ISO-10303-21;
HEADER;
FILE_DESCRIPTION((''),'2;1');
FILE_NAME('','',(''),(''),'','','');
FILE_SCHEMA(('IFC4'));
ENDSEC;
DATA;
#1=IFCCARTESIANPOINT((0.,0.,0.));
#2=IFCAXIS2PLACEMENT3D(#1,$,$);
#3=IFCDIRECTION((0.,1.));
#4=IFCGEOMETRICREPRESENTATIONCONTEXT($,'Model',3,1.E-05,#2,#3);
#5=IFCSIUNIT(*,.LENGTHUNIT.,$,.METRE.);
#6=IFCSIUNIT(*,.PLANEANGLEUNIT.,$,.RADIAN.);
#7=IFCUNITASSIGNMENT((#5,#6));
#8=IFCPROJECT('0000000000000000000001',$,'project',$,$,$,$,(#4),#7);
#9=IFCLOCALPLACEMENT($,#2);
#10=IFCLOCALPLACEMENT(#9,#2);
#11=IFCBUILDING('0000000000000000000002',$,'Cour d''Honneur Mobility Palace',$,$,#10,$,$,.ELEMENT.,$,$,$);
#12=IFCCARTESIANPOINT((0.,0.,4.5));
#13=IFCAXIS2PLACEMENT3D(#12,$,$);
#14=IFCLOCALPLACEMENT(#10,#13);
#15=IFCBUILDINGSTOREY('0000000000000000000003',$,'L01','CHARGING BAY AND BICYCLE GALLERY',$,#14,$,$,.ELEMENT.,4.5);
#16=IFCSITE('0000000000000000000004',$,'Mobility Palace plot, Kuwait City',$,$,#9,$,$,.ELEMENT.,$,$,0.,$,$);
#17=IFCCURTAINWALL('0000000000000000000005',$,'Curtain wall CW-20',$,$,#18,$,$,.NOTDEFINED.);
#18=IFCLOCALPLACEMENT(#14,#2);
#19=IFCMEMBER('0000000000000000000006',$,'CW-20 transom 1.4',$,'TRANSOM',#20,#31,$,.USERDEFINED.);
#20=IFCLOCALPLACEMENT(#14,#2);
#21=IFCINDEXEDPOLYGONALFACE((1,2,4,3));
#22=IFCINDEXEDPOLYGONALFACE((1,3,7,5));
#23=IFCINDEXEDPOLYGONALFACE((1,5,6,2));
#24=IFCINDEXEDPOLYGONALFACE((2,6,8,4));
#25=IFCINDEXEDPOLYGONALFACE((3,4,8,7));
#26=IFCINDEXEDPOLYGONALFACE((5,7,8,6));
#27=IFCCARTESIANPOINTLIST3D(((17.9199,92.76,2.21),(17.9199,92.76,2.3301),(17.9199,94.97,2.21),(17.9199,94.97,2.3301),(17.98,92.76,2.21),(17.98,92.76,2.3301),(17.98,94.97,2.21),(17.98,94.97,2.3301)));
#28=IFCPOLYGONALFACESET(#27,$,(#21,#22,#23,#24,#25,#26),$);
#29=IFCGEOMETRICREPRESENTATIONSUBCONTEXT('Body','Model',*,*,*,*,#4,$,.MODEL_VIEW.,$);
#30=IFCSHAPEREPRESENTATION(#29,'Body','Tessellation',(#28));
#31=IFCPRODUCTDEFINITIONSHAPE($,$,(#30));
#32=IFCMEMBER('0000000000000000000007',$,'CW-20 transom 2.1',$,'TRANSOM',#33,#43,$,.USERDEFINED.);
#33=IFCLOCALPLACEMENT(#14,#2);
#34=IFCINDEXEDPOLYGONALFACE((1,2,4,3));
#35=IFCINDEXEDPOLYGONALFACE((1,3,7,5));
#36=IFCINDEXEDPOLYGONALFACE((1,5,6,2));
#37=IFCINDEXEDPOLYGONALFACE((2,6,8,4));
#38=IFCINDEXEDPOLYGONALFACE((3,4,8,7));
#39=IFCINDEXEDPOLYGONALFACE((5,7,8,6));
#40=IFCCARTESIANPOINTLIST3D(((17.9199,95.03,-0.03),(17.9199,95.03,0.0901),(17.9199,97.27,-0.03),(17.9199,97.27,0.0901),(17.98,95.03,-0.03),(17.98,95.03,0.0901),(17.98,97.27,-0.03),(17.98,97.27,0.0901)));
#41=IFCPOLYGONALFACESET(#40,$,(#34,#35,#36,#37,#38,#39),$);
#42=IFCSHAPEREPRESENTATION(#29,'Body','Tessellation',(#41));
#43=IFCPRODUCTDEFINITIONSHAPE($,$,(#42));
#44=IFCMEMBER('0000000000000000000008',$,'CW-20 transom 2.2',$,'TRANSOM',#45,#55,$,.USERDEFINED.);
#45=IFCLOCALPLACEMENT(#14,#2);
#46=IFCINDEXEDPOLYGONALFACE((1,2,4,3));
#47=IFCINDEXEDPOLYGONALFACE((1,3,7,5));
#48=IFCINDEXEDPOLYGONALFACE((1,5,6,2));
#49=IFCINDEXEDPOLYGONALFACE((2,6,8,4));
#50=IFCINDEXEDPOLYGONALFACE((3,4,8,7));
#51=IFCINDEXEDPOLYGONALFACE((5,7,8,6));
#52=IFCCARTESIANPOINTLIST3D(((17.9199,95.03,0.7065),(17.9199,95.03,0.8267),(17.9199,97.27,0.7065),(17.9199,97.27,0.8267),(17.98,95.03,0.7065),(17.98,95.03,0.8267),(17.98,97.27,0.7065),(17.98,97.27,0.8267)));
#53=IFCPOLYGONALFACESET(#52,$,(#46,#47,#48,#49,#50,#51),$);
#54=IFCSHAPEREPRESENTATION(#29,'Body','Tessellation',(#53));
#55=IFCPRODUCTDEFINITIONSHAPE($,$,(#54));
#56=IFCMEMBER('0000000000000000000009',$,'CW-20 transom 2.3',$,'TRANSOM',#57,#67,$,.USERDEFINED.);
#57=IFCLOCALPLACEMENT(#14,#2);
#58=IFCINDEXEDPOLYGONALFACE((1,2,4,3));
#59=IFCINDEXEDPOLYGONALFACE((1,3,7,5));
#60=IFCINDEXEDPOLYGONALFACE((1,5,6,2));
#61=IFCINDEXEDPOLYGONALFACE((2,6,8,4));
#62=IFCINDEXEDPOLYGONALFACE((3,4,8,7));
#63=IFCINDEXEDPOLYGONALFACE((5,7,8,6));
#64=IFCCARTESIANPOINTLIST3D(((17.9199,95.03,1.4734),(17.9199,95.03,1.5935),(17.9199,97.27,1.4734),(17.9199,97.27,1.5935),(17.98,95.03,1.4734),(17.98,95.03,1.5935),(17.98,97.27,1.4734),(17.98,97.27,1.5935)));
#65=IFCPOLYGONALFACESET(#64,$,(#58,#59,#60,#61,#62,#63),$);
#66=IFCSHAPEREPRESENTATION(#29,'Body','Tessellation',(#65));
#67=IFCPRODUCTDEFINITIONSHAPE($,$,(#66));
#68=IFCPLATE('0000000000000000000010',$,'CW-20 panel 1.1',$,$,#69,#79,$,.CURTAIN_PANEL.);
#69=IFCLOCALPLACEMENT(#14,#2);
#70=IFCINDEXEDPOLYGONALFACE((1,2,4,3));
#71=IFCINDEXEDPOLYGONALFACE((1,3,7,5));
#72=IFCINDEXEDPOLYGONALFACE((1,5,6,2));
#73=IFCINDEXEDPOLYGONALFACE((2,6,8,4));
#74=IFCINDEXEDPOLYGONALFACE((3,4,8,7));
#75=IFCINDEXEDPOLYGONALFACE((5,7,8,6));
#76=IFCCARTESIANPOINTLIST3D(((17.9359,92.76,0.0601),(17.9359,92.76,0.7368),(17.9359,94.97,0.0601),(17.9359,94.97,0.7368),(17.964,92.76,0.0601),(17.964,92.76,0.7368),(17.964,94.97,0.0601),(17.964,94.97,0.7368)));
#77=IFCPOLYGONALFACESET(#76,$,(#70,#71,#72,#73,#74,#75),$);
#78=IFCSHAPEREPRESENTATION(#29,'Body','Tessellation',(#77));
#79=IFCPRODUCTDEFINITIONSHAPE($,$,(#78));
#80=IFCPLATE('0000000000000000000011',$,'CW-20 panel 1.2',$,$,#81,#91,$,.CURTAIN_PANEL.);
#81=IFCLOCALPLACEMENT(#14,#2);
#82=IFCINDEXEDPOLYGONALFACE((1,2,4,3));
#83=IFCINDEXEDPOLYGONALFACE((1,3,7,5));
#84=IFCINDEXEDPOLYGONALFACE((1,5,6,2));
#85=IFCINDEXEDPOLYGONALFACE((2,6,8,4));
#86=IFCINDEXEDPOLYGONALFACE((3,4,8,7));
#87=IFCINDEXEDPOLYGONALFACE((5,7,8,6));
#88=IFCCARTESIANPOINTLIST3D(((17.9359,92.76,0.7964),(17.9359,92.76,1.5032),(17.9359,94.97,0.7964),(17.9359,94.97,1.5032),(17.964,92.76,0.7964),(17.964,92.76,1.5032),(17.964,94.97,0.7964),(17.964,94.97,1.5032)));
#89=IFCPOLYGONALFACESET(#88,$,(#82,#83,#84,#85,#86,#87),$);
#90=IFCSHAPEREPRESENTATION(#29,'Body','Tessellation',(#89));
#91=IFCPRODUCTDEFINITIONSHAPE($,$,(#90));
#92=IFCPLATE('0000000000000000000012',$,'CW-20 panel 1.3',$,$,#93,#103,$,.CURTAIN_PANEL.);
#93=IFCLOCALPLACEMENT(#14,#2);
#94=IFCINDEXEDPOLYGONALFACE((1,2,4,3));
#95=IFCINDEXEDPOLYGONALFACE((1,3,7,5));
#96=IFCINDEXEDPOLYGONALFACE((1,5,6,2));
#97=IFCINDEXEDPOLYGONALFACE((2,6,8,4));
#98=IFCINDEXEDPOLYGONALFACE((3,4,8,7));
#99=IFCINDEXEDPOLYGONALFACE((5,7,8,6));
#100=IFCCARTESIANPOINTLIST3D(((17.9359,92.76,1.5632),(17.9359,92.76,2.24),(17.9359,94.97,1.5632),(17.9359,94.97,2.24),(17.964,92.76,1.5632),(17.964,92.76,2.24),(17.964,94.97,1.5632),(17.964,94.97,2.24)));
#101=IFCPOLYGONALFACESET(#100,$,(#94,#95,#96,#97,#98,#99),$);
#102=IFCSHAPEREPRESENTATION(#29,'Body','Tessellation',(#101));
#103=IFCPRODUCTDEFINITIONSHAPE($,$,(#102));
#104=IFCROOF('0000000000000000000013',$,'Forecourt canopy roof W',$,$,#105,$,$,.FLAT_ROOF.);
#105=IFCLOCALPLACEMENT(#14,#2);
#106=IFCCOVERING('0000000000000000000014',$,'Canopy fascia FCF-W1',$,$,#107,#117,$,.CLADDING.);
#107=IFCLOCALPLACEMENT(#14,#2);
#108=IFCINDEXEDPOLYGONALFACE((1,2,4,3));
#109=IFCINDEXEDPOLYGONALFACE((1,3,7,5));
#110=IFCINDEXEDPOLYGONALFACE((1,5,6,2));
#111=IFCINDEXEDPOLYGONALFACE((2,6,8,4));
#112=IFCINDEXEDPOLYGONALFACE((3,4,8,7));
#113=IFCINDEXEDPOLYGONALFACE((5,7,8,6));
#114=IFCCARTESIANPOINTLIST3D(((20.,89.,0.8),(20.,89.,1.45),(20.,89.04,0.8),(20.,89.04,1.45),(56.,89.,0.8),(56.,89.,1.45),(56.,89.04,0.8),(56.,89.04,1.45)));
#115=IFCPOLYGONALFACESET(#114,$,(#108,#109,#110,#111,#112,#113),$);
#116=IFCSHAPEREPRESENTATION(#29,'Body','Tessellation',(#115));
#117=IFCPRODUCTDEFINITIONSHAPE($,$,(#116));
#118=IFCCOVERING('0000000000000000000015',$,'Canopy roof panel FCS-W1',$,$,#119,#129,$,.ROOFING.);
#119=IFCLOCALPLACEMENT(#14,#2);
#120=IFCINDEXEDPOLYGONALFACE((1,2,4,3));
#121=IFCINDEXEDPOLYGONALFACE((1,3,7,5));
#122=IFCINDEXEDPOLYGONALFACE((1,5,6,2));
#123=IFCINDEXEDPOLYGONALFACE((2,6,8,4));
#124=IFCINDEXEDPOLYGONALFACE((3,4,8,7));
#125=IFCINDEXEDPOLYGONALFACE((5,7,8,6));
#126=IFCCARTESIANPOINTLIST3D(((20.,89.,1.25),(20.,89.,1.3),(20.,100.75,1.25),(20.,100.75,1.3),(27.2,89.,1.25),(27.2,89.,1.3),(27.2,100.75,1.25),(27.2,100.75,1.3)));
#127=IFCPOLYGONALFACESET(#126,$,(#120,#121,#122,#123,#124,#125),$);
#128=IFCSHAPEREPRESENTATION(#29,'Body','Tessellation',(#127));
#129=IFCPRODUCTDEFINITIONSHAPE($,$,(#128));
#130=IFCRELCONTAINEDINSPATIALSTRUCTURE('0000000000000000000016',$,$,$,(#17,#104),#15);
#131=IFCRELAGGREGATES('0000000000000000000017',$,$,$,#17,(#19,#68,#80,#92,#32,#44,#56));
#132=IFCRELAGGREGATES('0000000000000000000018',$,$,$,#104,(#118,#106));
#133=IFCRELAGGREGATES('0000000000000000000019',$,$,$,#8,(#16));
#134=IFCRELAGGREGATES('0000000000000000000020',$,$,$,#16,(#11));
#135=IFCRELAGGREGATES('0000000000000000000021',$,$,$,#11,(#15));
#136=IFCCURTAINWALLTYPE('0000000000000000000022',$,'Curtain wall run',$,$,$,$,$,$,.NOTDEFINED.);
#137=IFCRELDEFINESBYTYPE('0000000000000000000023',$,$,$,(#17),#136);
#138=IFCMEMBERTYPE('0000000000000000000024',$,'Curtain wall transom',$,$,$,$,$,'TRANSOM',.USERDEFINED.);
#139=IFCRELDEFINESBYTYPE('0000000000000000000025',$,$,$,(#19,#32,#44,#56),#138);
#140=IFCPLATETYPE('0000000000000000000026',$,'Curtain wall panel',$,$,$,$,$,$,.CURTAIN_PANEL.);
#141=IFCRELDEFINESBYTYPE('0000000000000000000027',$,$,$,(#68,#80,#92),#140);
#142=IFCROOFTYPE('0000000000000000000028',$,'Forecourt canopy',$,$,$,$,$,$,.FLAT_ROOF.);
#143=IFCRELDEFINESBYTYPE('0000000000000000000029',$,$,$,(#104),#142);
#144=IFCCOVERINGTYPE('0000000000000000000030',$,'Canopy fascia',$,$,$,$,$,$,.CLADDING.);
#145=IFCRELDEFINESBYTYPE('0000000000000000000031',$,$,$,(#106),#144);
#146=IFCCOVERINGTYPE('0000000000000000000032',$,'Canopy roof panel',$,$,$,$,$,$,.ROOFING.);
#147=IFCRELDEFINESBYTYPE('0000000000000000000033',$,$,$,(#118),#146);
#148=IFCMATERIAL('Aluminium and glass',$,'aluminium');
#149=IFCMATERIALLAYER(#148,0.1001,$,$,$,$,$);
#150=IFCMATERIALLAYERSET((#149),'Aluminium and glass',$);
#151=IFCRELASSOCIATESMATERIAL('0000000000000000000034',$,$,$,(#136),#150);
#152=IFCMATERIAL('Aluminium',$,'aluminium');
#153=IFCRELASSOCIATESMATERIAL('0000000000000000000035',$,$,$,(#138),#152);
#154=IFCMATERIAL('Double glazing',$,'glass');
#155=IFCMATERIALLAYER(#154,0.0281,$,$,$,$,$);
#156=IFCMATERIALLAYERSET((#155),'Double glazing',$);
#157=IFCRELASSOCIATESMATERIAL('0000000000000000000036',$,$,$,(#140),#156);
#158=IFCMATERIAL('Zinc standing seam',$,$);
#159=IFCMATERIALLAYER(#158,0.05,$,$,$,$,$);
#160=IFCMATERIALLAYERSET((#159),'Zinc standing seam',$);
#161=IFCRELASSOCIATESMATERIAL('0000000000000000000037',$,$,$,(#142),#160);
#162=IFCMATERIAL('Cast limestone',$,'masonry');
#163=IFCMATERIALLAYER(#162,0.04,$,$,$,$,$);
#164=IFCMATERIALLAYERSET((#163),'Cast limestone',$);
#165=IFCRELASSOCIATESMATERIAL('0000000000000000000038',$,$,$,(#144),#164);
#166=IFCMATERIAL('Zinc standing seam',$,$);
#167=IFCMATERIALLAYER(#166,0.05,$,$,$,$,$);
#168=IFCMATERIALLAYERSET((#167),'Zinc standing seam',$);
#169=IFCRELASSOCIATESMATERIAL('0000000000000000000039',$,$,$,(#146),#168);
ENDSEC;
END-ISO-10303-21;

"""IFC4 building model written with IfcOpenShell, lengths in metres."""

from ifc_helpers import new_model, si_unit, direction, frame, origin, origin_2d, place, context, subcontext, project, spatial, polyline, rectangle, outline, extrude, material, layer, layer_set, material_profile, profile_set, type_object, element, aggregate, save


model = new_model("IFC4")

# Units and contexts
model_context = context("Model", 3, precision=1e-05, world=origin(), true_north=direction((0.0, 1.0)))
body_context = subcontext(model_context, "Body", "Model", "MODEL_VIEW")
ifc_project = project(units=[si_unit("LENGTHUNIT", "METRE"), si_unit("PLANEANGLEUNIT", "RADIAN")], contexts=[model_context])

# Site, building, storey
site_placement = place(None, origin())
site = spatial("IfcSite", under=ifc_project, at=site_placement, Name="Mobility Palace plot, Kuwait City", CompositionType="ELEMENT", RefElevation=0.0)
building_placement = place(site_placement, origin())
building = spatial("IfcBuilding", under=site, at=building_placement, Name="Cour d'Honneur Mobility Palace", CompositionType="ELEMENT")
storey_placement = place(building_placement, frame((0.0, 0.0, 4.5)))
storey = spatial("IfcBuildingStorey", under=building, at=storey_placement, Name="L01", Description="CHARGING BAY AND BICYCLE GALLERY", CompositionType="ELEMENT", Elevation=4.5)

# Curtain wall, members, plates
ifc_material_1 = material(Name="Aluminium and glass", Category="aluminium")
ifc_layer_1 = layer(ifc_material_1, 0.1001)
ifc_layer_set_1 = layer_set([ifc_layer_1], Name="Aluminium and glass")
curtain_wall_type = type_object("IfcCurtainWallType", Name="Curtain wall run", PredefinedType="NOTDEFINED", material=ifc_layer_set_1)
curtain_wall_placement = place(storey_placement, origin())
curtain_wall = element("IfcCurtainWall", 1, at=curtain_wall_placement, inside=storey, type_object=curtain_wall_type, Name="Curtain wall CW-20", PredefinedType="NOTDEFINED")
ifc_material_2 = material(Name="Aluminium", Category="aluminium")
ifc_material_profile_1 = material_profile(ifc_material_2, rectangle(XDim=0.0601, YDim=0.1201, at=origin_2d()), Name="Curtain wall transom")
ifc_profile_set_1 = profile_set([ifc_material_profile_1], Name="Aluminium")
member_type_1 = type_object("IfcMemberType", Name="Curtain wall transom", ElementType="TRANSOM", PredefinedType="USERDEFINED", material=ifc_profile_set_1)
member_1_placement = place(storey_placement, frame((17.95, 92.76, 2.27), z_axis=(0.0, 1.0, 0.0), x_axis=(-1.0, 0.0, 0.0)))
member_1 = element("IfcMember", 2, at=member_1_placement, type_object=member_type_1, Name="CW-20 transom 1.4", ObjectType="TRANSOM", PredefinedType="USERDEFINED", context=body_context, shape_type="SweptSolid", body=[
    extrude(rectangle(XDim=0.0601, YDim=0.1201, at=origin_2d()), origin(), (0.0, 0.0, 1.0), 2.21),
])
member_2_placement = place(storey_placement, frame((17.95, 95.03, 0.03), z_axis=(0.0, 1.0, 0.0), x_axis=(-1.0, 0.0, 0.0)))
member_2 = element("IfcMember", 3, at=member_2_placement, type_object=member_type_1, Name="CW-20 transom 2.1", ObjectType="TRANSOM", PredefinedType="USERDEFINED", context=body_context, shape_type="SweptSolid", body=[
    extrude(rectangle(XDim=0.0601, YDim=0.1201, at=origin_2d()), origin(), (0.0, 0.0, 1.0), 2.24),
])
member_3_placement = place(storey_placement, frame((17.95, 95.03, 0.7666), z_axis=(0.0, 1.0, 0.0), x_axis=(-1.0, 0.0, 0.0)))
member_3 = element("IfcMember", 4, at=member_3_placement, type_object=member_type_1, Name="CW-20 transom 2.2", ObjectType="TRANSOM", PredefinedType="USERDEFINED", context=body_context, shape_type="SweptSolid", body=[
    extrude(rectangle(XDim=0.0601, YDim=0.1201, at=origin_2d()), origin(), (0.0, 0.0, 1.0), 2.24),
])
member_4_placement = place(storey_placement, frame((17.95, 95.03, 1.5334), z_axis=(0.0, 1.0, 0.0), x_axis=(-1.0, 0.0, 0.0)))
member_4 = element("IfcMember", 5, at=member_4_placement, type_object=member_type_1, Name="CW-20 transom 2.3", ObjectType="TRANSOM", PredefinedType="USERDEFINED", context=body_context, shape_type="SweptSolid", body=[
    extrude(rectangle(XDim=0.0601, YDim=0.1201, at=origin_2d()), origin(), (0.0, 0.0, 1.0), 2.24),
])
ifc_material_3 = material(Name="Double glazing", Category="glass")
ifc_layer_2 = layer(ifc_material_3, 0.0281)
ifc_layer_set_2 = layer_set([ifc_layer_2], Name="Double glazing")
plate_type = type_object("IfcPlateType", Name="Curtain wall panel", PredefinedType="CURTAIN_PANEL", material=ifc_layer_set_2)
plate_1_placement = place(storey_placement, frame((17.95, 93.865, 0.0601), z_axis=(0.0, 0.0, 1.0), x_axis=(0.0, 1.0, 0.0)))
plate_1 = element("IfcPlate", 6, at=plate_1_placement, type_object=plate_type, Name="CW-20 panel 1.1", PredefinedType="CURTAIN_PANEL", context=body_context, shape_type="SweptSolid", body=[
    extrude(rectangle(XDim=2.21, YDim=0.0281, at=origin_2d()), origin(), (0.0, 0.0, 1.0), 0.6768),
])
plate_2_placement = place(storey_placement, frame((17.95, 93.865, 0.7964), z_axis=(0.0, 0.0, 1.0), x_axis=(0.0, 1.0, 0.0)))
plate_2 = element("IfcPlate", 7, at=plate_2_placement, type_object=plate_type, Name="CW-20 panel 1.2", PredefinedType="CURTAIN_PANEL", context=body_context, shape_type="SweptSolid", body=[
    extrude(rectangle(XDim=2.21, YDim=0.0281, at=origin_2d()), origin(), (0.0, 0.0, 1.0), 0.7068),
])
plate_3_placement = place(storey_placement, frame((17.95, 93.865, 1.5632), z_axis=(0.0, 0.0, 1.0), x_axis=(0.0, 1.0, 0.0)))
plate_3 = element("IfcPlate", 8, at=plate_3_placement, type_object=plate_type, Name="CW-20 panel 1.3", PredefinedType="CURTAIN_PANEL", context=body_context, shape_type="SweptSolid", body=[
    extrude(rectangle(XDim=2.21, YDim=0.0281, at=origin_2d()), origin(), (0.0, 0.0, 1.0), 0.6768),
])
aggregate(curtain_wall, [member_1, plate_1, plate_2, plate_3, member_2, member_3, member_4])

# Roof, coverings
ifc_material_4 = material(Name="Zinc standing seam")
ifc_layer_3 = layer(ifc_material_4, 0.05)
ifc_layer_set_3 = layer_set([ifc_layer_3], Name="Zinc standing seam")
roof_type = type_object("IfcRoofType", Name="Forecourt canopy", PredefinedType="FLAT_ROOF", material=ifc_layer_set_3)
roof_placement = place(storey_placement, origin())
roof = element("IfcRoof", 9, at=roof_placement, inside=storey, type_object=roof_type, Name="Forecourt canopy roof W", PredefinedType="FLAT_ROOF")
ifc_material_5 = material(Name="Cast limestone", Category="masonry")
ifc_layer_4 = layer(ifc_material_5, 0.04)
ifc_layer_set_4 = layer_set([ifc_layer_4], Name="Cast limestone")
covering_type_1 = type_object("IfcCoveringType", Name="Canopy fascia", PredefinedType="CLADDING", material=ifc_layer_set_4)
covering_1_placement = place(storey_placement, frame((20.0, 89.0, 0.8), z_axis=(0.0, -1.0, 0.0), x_axis=(1.0, 0.0, 0.0)))
covering_1 = element("IfcCovering", 10, at=covering_1_placement, type_object=covering_type_1, Name="Canopy fascia FCF-W1", PredefinedType="CLADDING", context=body_context, shape_type="SweptSolid", body=[
    extrude(outline(polyline([(0.0, 0.0), (36.0, 0.0), (36.0, 0.6499), (0.0, 0.6499), (0.0, 0.0)])), origin(), (0.0, 0.0, -1.0), 0.04),
])
ifc_material_6 = material(Name="Zinc standing seam")
ifc_layer_5 = layer(ifc_material_6, 0.05)
ifc_layer_set_5 = layer_set([ifc_layer_5], Name="Zinc standing seam")
covering_type_2 = type_object("IfcCoveringType", Name="Canopy roof panel", PredefinedType="ROOFING", material=ifc_layer_set_5)
covering_2_placement = place(storey_placement, frame((20.0, 89.0, 1.3), z_axis=(0.0, 0.0, 1.0), x_axis=(1.0, 0.0, 0.0)))
covering_2 = element("IfcCovering", 11, at=covering_2_placement, type_object=covering_type_2, Name="Canopy roof panel FCS-W1", PredefinedType="ROOFING", context=body_context, shape_type="SweptSolid", body=[
    extrude(outline(polyline([(0.0, 0.0), (7.2, 0.0), (7.2, 11.75), (0.0, 11.75), (0.0, 0.0)])), origin(), (0.0, 0.0, -1.0), 0.05),
])
aggregate(roof, [covering_2, covering_1])

save(model, "model.ifc")
